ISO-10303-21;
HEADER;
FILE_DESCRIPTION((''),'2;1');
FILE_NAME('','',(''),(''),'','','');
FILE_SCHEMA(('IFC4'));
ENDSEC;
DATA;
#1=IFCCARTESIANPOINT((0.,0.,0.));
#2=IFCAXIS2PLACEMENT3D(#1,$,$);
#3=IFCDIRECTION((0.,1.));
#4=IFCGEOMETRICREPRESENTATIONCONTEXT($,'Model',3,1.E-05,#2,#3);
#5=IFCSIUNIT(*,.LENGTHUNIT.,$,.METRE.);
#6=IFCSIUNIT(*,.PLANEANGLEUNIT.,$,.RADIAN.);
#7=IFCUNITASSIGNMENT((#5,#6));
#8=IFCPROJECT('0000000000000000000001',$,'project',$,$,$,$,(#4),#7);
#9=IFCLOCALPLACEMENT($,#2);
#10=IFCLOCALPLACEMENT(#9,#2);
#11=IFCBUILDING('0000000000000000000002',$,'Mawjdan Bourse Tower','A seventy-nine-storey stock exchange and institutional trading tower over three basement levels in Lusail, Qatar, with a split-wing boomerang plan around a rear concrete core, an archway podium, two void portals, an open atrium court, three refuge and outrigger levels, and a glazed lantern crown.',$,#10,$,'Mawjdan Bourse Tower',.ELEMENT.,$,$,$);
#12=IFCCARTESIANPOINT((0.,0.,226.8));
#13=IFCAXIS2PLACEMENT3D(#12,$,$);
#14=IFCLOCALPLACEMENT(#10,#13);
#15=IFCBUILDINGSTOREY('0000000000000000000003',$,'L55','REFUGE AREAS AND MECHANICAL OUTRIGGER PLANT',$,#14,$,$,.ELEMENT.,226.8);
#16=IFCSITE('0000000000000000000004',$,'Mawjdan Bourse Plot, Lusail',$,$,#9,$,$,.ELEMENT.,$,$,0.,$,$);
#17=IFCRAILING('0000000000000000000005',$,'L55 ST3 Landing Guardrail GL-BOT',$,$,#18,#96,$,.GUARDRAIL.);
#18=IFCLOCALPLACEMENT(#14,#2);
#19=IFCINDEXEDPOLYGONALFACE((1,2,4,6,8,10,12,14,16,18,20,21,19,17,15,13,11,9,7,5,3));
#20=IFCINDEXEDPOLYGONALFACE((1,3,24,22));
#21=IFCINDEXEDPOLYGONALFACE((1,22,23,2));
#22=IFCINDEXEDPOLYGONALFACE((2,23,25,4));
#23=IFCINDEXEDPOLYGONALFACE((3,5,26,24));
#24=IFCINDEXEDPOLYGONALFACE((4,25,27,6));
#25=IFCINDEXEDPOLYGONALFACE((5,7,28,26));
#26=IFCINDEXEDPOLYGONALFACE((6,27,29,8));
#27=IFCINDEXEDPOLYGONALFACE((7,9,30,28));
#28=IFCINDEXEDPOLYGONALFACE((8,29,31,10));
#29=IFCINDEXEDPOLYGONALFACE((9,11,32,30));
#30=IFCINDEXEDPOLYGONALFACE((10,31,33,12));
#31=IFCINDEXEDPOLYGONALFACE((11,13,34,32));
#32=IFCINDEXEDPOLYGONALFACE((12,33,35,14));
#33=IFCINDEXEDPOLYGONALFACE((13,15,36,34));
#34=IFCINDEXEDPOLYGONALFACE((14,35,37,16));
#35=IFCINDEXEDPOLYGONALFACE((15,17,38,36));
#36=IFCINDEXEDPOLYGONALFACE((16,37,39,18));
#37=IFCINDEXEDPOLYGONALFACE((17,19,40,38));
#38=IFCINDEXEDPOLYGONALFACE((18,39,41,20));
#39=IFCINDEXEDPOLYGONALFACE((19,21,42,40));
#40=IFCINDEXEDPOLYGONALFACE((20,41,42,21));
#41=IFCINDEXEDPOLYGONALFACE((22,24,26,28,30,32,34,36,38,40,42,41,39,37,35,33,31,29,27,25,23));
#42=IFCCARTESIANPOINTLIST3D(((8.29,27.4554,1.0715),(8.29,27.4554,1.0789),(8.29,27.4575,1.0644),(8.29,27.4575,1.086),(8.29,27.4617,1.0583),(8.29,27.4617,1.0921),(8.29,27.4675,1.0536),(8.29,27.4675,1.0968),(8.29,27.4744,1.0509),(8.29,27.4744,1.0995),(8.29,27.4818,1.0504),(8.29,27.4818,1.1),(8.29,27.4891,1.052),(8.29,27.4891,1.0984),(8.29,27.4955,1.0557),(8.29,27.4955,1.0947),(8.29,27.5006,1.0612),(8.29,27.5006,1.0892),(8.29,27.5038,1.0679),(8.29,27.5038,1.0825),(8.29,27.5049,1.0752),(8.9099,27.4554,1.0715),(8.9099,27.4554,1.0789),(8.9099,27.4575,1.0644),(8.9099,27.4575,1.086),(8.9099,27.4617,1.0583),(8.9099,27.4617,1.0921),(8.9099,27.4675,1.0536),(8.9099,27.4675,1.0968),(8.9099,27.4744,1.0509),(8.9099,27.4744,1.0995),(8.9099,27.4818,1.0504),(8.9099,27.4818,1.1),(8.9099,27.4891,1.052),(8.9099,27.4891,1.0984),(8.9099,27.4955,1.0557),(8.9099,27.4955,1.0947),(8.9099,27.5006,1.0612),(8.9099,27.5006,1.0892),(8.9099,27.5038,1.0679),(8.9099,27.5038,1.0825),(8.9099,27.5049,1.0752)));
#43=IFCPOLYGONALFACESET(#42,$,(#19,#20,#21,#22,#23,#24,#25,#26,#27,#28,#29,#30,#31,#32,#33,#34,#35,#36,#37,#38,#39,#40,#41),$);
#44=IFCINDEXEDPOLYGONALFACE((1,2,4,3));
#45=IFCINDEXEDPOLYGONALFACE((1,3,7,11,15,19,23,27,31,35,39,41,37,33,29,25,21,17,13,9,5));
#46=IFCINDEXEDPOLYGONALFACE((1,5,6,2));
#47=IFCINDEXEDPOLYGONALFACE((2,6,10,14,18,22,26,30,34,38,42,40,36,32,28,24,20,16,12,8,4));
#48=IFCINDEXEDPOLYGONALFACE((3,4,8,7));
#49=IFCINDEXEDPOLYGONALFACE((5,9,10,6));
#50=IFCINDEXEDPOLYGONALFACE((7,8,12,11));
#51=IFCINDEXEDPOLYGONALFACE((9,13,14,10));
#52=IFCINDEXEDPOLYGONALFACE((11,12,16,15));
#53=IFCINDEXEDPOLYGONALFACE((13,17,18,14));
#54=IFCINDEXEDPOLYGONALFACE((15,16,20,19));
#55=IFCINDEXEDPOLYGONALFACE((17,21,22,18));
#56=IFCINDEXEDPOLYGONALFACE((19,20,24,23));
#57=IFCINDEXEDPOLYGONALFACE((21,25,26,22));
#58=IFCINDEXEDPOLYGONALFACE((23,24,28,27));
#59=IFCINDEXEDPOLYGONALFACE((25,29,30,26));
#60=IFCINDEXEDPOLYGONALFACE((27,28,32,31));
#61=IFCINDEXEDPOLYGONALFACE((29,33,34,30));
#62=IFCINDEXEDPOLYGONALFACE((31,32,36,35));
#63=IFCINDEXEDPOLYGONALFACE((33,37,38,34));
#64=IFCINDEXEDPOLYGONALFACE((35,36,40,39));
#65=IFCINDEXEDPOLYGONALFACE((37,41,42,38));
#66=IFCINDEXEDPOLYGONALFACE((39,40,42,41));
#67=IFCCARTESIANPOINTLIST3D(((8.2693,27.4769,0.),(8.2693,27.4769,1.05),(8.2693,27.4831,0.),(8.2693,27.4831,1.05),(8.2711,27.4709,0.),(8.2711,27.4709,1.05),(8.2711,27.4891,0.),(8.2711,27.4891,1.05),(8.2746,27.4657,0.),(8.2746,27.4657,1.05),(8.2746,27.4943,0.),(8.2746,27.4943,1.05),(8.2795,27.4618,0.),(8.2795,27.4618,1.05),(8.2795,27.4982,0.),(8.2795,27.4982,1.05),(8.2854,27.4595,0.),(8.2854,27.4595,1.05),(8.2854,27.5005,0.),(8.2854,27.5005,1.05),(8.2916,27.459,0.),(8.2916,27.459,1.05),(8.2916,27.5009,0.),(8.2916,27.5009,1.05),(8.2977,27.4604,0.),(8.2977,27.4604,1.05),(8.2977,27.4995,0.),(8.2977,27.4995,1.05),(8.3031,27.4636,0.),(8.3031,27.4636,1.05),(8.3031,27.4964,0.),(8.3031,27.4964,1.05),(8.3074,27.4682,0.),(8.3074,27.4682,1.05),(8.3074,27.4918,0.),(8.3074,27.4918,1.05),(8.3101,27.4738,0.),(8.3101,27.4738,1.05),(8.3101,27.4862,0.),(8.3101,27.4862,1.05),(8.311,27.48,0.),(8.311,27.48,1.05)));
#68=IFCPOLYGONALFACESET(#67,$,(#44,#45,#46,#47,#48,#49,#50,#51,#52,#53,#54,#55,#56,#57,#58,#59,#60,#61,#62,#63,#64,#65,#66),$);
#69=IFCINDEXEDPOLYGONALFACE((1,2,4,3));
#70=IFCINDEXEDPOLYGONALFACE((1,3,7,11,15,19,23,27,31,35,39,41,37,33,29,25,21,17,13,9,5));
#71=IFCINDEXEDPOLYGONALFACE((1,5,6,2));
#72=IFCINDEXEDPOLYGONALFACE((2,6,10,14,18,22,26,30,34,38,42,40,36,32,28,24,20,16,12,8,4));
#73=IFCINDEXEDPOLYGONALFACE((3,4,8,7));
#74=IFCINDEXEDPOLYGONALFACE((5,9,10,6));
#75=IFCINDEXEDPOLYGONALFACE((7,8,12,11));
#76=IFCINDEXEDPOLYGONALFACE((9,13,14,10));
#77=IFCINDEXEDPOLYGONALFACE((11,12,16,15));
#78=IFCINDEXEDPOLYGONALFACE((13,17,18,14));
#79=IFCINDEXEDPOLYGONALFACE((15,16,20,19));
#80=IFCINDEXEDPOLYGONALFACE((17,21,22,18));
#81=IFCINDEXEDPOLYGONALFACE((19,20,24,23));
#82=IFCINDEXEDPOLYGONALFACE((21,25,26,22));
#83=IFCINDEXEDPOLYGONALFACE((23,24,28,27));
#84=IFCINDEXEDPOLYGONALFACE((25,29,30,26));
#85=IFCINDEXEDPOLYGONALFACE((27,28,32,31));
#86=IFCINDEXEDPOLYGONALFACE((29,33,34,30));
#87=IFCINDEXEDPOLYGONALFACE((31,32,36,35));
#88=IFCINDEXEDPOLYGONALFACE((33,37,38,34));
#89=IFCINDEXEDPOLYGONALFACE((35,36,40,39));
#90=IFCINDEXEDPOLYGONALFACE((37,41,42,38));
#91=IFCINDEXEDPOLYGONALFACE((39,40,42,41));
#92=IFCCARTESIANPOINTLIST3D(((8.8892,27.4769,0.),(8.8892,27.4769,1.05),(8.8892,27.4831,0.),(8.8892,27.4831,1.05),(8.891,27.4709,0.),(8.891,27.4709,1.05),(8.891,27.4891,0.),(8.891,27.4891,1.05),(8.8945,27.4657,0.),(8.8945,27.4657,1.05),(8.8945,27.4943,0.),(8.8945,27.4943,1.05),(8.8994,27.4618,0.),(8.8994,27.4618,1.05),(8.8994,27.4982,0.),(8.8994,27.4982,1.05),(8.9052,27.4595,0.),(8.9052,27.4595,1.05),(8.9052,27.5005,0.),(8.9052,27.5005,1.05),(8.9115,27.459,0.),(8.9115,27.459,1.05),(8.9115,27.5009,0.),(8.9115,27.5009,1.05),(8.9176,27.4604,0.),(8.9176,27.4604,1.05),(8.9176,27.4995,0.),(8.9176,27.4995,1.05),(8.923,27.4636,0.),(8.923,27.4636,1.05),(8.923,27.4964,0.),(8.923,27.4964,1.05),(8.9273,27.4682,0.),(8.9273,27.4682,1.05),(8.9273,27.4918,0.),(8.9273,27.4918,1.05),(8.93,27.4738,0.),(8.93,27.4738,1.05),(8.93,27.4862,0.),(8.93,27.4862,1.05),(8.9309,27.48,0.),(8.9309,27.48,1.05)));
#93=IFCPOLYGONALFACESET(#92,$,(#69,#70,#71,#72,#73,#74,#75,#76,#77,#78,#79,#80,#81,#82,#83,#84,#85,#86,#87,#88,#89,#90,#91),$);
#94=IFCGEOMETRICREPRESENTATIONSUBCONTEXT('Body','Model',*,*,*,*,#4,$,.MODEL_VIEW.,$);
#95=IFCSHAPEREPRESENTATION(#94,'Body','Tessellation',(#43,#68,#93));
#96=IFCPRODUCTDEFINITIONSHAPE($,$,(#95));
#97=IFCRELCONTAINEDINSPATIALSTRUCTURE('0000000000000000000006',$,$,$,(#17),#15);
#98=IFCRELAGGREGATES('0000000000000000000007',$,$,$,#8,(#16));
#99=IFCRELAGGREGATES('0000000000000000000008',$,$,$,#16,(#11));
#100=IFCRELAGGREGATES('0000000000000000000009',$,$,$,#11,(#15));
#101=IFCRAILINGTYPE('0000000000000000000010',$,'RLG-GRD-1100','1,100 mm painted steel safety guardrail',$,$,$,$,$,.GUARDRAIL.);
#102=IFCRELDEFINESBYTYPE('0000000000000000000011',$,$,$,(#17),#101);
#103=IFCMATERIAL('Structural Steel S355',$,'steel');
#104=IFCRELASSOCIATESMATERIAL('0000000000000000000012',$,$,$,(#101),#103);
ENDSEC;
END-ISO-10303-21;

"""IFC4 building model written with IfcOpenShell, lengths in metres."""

from ifc_helpers import new_model, si_unit, direction, frame, origin, origin_2d, place, context, subcontext, project, spatial, circle, extrude, material, type_object, element, save


model = new_model("IFC4")

# Units and contexts
model_context = context("Model", 3, precision=1e-05, world=origin(), true_north=direction((0.0, 1.0)))
body_context = subcontext(model_context, "Body", "Model", "MODEL_VIEW")
ifc_project = project(units=[si_unit("LENGTHUNIT", "METRE"), si_unit("PLANEANGLEUNIT", "RADIAN")], contexts=[model_context])

# Site, building, storey
site_placement = place(None, origin())
site = spatial("IfcSite", under=ifc_project, at=site_placement, Name="Mawjdan Bourse Plot, Lusail", CompositionType="ELEMENT", RefElevation=0.0)
building_placement = place(site_placement, origin())
building = spatial("IfcBuilding", under=site, at=building_placement, Name="Mawjdan Bourse Tower", Description="A seventy-nine-storey stock exchange and institutional trading tower over three basement levels in Lusail, Qatar, with a split-wing boomerang plan around a rear concrete core, an archway podium, two void portals, an open atrium court, three refuge and outrigger levels, and a glazed lantern crown.", LongName="Mawjdan Bourse Tower", CompositionType="ELEMENT")
storey_placement = place(building_placement, frame((0.0, 0.0, 226.8)))
storey = spatial("IfcBuildingStorey", under=building, at=storey_placement, Name="L55", Description="REFUGE AREAS AND MECHANICAL OUTRIGGER PLANT", CompositionType="ELEMENT", Elevation=226.8)

# Shared definitions
ifc_material_1 = material(Name="Structural Steel S355", Category="steel")

# Railing
railing_type_1 = type_object("IfcRailingType", Name="RLG-GRD-1100", Description="1,100 mm painted steel safety guardrail", PredefinedType="GUARDRAIL", material=ifc_material_1)
for number, where, name in (
    (1, (8.29, 27.48, 0.0), "L55 ST3 Landing Guardrail GL-BOT"),
):
    element("IfcRailing", number, at=place(storey_placement, frame(where)), inside=storey, type_object=railing_type_1, Name=name, PredefinedType="GUARDRAIL", context=body_context, shape_type="SweptSolid", body=[
        extrude(circle(Radius=0.0249, at=origin_2d()), frame((0.0, 0.0, 1.0752), z_axis=(1.0, 0.0, 0.0), x_axis=(0.0, 1.0, 0.0)), (0.0, 0.0, 1.0), 0.6199),
        extrude(circle(Radius=0.021, at=origin_2d()), origin(), (0.0, 0.0, 1.0), 1.05),
        extrude(circle(Radius=0.021, at=origin_2d()), frame((0.6199, 0.0, 0.0)), (0.0, 0.0, 1.0), 1.05),
    ])

save(model, "model.ifc")
